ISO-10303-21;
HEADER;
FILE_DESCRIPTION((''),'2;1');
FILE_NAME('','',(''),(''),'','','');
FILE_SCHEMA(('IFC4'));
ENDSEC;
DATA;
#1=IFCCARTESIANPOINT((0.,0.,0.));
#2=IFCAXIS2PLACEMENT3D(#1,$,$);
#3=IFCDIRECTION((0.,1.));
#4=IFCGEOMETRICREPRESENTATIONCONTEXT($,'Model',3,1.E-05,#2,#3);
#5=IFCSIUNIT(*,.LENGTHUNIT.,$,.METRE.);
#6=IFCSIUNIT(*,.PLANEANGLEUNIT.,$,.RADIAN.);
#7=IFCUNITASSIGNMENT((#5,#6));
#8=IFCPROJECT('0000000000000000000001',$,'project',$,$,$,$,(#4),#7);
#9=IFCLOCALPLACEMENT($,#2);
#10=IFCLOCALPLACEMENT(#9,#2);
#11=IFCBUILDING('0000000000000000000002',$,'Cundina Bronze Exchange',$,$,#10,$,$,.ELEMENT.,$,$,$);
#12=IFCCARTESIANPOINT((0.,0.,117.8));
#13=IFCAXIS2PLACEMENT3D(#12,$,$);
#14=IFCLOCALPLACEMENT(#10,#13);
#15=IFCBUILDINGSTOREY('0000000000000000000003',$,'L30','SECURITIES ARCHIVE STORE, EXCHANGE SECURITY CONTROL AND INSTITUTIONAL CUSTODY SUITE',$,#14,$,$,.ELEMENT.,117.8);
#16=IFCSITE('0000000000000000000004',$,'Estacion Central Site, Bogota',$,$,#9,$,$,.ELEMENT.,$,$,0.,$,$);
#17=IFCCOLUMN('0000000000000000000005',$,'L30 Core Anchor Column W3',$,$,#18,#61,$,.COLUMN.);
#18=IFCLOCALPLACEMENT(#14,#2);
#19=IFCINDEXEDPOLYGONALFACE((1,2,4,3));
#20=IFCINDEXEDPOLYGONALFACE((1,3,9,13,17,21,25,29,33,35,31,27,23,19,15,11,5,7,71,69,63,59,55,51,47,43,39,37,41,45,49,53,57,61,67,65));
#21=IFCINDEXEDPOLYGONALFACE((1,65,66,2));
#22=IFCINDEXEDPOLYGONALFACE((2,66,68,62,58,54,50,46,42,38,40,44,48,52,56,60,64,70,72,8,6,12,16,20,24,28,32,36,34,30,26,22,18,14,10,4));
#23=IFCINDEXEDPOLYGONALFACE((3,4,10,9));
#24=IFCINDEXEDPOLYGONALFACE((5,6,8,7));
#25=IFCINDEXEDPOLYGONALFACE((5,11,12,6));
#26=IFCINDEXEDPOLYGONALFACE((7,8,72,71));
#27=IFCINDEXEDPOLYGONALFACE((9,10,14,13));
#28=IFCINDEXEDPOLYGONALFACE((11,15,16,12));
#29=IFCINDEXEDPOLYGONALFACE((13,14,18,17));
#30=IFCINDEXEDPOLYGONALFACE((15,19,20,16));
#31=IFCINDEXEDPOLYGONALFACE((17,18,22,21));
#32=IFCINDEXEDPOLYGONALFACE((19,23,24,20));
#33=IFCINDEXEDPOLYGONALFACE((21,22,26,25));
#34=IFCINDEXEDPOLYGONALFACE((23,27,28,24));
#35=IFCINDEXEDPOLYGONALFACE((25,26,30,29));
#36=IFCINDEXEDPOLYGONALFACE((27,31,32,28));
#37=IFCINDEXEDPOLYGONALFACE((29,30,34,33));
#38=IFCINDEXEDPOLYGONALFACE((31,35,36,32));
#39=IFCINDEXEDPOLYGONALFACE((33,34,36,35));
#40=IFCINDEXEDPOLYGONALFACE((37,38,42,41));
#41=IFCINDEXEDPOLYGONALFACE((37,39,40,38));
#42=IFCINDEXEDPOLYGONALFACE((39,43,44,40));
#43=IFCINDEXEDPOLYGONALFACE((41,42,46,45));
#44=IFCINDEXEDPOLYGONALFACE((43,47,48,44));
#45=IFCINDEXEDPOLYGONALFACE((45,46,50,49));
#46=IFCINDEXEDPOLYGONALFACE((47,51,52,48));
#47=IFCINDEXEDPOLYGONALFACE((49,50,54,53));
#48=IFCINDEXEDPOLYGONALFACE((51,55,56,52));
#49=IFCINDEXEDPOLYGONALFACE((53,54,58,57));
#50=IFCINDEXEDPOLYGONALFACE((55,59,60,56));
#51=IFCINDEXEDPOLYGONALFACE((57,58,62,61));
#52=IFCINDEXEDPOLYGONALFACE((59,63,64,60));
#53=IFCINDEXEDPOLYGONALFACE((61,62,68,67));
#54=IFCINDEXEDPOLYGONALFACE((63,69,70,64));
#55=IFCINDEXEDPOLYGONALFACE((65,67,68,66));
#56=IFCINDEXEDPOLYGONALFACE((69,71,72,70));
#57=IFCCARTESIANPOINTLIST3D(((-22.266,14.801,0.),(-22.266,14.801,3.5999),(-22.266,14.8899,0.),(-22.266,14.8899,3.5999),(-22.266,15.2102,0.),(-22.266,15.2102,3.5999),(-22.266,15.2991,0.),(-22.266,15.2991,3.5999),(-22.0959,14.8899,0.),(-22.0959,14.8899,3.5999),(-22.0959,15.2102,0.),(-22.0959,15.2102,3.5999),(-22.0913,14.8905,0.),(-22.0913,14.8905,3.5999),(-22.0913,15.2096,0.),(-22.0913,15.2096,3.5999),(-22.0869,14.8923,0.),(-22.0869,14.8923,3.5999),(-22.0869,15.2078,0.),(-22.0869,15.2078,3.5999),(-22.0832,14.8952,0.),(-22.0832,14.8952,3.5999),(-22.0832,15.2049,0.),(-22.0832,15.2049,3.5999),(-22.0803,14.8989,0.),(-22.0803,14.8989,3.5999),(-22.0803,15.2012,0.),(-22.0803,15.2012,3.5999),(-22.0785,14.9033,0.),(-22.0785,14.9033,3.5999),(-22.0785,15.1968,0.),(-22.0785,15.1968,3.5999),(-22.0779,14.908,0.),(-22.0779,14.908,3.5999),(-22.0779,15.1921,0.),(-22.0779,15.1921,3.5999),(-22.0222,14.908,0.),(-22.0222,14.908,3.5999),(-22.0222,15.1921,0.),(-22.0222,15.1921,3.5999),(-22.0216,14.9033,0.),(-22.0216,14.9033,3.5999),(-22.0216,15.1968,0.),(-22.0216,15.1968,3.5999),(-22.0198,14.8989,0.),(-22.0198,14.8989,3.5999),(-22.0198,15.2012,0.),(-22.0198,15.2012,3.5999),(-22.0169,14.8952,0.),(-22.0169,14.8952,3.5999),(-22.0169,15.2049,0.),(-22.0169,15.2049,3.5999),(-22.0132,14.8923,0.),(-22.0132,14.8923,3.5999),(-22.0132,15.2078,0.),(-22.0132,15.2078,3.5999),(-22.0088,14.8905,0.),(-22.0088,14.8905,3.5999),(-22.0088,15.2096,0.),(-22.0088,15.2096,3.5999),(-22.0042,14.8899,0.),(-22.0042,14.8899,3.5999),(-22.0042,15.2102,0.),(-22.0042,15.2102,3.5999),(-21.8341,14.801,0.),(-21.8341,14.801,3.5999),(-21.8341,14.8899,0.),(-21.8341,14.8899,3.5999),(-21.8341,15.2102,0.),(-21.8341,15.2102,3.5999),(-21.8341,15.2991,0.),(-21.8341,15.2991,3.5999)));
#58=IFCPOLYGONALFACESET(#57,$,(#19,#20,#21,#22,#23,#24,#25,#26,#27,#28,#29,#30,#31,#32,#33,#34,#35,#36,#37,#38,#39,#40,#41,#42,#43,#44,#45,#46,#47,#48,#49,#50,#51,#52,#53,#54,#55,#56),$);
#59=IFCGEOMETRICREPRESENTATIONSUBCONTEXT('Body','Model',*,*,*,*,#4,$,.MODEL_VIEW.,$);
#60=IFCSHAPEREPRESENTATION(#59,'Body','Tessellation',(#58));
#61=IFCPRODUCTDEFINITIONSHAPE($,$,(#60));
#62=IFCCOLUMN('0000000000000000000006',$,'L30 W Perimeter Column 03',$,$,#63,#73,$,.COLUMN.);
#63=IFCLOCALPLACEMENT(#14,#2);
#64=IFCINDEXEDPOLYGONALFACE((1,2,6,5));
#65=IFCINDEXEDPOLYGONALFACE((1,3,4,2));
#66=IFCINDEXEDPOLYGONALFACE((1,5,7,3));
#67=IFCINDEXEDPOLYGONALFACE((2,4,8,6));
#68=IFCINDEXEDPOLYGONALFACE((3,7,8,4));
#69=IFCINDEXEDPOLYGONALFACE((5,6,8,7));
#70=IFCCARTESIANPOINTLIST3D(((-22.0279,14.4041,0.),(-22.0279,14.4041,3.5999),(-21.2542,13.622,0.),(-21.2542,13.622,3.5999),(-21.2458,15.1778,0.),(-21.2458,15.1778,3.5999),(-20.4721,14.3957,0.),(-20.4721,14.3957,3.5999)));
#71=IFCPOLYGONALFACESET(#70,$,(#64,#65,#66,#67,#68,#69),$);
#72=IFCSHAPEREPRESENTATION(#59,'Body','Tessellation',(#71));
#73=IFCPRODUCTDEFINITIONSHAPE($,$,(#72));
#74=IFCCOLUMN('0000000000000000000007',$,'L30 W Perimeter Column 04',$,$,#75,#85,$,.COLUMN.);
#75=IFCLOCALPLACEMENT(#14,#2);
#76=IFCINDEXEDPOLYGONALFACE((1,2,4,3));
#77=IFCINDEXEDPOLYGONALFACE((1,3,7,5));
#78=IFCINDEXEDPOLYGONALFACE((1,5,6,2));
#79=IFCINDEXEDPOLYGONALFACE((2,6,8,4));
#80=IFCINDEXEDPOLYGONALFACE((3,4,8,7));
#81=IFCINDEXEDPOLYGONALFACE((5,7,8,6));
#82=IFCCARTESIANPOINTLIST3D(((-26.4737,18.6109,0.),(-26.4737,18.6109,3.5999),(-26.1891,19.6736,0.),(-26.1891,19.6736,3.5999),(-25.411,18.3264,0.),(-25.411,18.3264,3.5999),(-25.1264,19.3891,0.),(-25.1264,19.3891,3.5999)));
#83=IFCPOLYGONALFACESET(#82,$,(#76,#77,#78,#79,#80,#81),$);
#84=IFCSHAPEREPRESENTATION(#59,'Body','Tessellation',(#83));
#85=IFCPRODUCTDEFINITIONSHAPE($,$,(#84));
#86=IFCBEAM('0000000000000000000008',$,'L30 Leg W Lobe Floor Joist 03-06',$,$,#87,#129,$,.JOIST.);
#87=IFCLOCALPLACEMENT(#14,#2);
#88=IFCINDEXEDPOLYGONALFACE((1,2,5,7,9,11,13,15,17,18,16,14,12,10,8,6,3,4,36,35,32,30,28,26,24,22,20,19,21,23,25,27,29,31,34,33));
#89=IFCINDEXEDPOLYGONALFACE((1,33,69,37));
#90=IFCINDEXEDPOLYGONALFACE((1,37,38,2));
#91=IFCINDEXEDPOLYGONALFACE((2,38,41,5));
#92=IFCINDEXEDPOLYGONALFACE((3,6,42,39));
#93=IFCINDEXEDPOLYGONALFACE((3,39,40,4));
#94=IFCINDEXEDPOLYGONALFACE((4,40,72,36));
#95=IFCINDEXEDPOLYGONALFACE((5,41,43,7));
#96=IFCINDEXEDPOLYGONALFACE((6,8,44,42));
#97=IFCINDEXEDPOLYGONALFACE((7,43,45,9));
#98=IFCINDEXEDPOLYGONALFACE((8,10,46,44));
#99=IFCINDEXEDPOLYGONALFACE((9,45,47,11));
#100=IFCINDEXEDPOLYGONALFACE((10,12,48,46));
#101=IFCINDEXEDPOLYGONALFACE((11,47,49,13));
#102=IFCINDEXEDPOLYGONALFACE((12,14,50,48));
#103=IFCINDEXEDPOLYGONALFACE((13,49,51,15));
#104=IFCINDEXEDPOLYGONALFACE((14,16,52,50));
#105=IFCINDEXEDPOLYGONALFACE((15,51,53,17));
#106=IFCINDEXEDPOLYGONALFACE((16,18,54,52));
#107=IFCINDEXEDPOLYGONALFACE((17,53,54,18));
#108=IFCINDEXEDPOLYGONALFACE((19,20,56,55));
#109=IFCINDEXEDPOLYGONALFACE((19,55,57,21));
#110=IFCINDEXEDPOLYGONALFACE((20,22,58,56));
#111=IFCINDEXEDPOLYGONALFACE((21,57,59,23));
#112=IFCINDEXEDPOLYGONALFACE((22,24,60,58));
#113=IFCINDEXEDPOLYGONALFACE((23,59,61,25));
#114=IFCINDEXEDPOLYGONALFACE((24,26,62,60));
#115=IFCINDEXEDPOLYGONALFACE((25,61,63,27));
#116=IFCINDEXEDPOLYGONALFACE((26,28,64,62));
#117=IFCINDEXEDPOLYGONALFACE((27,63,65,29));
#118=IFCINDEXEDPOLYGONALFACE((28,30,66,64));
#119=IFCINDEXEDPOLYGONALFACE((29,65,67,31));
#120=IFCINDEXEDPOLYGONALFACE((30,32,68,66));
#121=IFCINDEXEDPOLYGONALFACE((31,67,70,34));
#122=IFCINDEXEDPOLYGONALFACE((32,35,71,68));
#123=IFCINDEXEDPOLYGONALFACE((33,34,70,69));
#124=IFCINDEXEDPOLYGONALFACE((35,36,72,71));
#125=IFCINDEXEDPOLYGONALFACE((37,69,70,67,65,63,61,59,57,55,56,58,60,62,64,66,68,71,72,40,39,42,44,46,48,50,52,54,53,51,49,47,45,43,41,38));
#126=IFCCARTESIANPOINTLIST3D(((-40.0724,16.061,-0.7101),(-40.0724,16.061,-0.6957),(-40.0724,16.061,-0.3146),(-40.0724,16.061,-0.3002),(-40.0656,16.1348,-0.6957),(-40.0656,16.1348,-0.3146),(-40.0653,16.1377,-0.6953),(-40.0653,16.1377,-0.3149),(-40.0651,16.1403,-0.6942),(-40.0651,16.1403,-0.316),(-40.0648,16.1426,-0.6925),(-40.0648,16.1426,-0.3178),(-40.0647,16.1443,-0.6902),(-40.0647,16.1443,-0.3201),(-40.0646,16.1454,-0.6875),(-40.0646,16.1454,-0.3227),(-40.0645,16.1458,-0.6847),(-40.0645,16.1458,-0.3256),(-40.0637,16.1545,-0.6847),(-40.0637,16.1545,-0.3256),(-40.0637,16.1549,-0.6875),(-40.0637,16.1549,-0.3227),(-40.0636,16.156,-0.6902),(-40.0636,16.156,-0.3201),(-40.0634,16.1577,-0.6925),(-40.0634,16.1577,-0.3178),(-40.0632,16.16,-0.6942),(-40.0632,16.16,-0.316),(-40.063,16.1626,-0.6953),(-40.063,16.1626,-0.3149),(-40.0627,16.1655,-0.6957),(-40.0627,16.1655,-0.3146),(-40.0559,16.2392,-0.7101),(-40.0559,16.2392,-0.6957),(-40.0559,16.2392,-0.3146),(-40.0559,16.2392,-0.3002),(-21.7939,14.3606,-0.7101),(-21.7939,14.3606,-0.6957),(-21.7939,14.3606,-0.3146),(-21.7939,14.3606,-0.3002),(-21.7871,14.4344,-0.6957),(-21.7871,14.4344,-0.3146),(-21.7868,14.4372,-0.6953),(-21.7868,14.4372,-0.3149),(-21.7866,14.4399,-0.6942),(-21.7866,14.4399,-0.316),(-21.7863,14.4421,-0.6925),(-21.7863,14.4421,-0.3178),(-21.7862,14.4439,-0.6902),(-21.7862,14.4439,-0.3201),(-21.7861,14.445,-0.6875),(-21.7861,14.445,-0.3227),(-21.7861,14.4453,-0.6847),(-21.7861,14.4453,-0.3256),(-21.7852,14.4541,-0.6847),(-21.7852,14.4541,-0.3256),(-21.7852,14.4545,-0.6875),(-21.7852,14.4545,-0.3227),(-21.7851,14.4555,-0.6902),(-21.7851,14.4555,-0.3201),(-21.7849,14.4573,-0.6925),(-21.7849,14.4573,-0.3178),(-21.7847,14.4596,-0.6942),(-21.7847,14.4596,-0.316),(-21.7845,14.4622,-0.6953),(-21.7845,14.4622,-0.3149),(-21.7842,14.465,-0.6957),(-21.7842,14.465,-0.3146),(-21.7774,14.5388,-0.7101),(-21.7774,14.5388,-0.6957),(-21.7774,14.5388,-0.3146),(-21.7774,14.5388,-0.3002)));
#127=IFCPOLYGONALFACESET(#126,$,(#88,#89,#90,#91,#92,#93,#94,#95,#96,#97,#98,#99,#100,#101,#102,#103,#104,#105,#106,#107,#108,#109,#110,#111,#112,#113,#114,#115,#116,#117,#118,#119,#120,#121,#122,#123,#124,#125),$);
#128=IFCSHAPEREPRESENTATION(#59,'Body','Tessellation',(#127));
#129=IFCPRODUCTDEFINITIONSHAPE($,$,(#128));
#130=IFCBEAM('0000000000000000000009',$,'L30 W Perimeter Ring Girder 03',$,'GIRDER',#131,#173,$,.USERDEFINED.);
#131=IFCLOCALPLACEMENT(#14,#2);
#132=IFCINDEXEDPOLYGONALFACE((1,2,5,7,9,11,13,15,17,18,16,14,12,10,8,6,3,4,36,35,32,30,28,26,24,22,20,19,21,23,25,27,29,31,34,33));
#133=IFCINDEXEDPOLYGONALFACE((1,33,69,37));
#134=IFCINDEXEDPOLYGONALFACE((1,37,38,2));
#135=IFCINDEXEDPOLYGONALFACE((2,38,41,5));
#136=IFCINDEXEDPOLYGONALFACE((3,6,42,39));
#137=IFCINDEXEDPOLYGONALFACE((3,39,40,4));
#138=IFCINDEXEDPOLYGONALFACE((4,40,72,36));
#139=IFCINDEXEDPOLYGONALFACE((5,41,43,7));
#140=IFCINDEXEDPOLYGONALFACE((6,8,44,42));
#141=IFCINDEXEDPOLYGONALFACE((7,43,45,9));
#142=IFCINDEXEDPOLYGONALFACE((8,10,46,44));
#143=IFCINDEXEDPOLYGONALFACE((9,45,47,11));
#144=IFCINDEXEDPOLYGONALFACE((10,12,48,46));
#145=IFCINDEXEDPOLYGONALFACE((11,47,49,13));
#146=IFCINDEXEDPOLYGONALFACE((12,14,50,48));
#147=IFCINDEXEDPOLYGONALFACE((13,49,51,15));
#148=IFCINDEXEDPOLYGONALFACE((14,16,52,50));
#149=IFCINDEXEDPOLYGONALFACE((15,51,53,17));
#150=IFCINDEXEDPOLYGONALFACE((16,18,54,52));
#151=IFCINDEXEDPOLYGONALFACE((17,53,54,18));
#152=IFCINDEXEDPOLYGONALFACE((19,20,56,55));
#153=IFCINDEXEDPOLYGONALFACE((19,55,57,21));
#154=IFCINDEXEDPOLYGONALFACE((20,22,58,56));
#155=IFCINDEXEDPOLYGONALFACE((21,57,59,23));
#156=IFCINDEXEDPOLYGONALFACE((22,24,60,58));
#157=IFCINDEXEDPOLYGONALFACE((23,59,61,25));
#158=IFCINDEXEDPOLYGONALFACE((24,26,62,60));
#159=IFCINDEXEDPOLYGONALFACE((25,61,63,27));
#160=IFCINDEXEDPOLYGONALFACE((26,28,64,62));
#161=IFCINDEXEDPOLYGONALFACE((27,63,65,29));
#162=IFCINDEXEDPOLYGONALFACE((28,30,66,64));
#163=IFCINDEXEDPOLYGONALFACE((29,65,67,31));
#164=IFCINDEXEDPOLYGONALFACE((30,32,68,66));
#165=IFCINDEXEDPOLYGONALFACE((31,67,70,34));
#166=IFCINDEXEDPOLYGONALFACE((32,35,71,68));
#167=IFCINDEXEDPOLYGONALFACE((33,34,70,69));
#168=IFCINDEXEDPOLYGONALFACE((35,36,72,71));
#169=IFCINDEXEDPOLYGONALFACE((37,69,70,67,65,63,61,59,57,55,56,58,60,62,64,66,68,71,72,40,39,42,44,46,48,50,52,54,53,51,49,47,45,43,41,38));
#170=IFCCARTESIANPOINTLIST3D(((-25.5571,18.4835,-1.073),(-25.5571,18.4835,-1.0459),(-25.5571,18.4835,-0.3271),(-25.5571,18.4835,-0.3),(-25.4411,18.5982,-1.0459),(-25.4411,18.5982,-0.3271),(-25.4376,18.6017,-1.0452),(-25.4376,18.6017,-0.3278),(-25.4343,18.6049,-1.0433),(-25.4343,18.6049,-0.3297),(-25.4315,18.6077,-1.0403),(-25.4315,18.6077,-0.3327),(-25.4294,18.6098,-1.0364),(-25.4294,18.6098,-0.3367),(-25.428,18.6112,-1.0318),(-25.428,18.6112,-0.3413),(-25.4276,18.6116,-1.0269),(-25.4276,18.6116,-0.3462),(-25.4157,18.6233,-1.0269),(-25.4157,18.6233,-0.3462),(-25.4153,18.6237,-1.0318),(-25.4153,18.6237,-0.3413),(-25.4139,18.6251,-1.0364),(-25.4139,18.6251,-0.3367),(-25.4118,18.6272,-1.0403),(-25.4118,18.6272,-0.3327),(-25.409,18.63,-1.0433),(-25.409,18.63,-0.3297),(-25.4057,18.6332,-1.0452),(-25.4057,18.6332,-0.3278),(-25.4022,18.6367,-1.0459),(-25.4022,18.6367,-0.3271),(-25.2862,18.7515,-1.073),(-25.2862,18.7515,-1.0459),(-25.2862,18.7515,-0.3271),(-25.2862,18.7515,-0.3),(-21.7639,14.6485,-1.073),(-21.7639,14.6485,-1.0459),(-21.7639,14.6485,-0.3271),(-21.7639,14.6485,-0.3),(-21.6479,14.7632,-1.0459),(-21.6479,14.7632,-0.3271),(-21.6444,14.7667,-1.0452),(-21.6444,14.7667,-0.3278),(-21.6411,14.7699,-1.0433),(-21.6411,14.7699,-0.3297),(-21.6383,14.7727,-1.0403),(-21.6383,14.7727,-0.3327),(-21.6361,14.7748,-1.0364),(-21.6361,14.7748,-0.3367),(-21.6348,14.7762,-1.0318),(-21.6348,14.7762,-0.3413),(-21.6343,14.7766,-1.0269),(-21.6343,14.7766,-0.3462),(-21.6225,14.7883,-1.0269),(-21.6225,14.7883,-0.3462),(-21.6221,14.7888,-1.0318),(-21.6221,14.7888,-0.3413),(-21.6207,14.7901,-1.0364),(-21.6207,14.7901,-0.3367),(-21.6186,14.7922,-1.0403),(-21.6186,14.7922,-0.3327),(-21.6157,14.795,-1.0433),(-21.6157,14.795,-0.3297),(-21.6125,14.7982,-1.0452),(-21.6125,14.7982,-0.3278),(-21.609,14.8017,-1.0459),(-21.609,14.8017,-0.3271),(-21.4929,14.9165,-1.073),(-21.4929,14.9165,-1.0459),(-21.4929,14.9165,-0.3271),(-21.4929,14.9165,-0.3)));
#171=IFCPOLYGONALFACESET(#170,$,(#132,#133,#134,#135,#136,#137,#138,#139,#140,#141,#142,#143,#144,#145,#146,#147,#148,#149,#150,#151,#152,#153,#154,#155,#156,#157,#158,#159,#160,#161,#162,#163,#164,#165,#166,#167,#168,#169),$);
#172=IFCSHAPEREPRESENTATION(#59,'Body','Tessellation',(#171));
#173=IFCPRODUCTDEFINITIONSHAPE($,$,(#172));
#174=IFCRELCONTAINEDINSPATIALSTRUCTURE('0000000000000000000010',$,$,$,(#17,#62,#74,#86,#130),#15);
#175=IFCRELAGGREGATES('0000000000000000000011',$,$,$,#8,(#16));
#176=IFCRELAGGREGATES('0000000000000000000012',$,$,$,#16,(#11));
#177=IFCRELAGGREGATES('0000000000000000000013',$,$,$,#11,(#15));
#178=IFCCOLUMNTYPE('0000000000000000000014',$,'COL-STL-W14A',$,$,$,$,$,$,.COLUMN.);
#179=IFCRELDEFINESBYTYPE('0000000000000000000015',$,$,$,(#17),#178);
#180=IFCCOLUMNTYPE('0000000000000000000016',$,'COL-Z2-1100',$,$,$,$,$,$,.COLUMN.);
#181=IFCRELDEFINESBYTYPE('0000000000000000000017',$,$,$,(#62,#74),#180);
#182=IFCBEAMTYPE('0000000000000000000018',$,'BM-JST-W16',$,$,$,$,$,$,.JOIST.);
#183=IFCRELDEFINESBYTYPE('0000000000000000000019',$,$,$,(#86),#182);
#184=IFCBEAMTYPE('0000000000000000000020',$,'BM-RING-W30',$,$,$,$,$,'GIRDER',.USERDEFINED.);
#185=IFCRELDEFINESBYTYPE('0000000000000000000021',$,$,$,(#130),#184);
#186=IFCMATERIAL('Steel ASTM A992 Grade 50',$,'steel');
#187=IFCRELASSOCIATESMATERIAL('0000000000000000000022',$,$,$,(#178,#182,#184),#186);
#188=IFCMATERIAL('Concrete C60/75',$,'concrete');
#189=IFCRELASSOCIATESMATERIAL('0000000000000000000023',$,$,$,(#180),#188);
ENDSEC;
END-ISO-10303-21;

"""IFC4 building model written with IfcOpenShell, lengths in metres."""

from ifc_helpers import new_model, si_unit, direction, frame, origin, origin_2d, place, context, subcontext, project, spatial, rectangle, i_section, extrude, material, material_profile, profile_set, type_object, element, save


model = new_model("IFC4")

# Units and contexts
model_context = context("Model", 3, precision=1e-05, world=origin(), true_north=direction((0.0, 1.0)))
body_context = subcontext(model_context, "Body", "Model", "MODEL_VIEW")
ifc_project = project(units=[si_unit("LENGTHUNIT", "METRE"), si_unit("PLANEANGLEUNIT", "RADIAN")], contexts=[model_context])

# Site, building, storey
site_placement = place(None, origin())
site = spatial("IfcSite", under=ifc_project, at=site_placement, Name="Estacion Central Site, Bogota", CompositionType="ELEMENT", RefElevation=0.0)
building_placement = place(site_placement, origin())
building = spatial("IfcBuilding", under=site, at=building_placement, Name="Cundina Bronze Exchange", CompositionType="ELEMENT")
storey_placement = place(building_placement, frame((0.0, 0.0, 117.8)))
storey = spatial("IfcBuildingStorey", under=building, at=storey_placement, Name="L30", Description="SECURITIES ARCHIVE STORE, EXCHANGE SECURITY CONTROL AND INSTITUTIONAL CUSTODY SUITE", CompositionType="ELEMENT", Elevation=117.8)

# Columns
ifc_material_1 = material(Name="Steel ASTM A992 Grade 50", Category="steel")
ifc_material_profile_1 = material_profile(ifc_material_1, i_section(OverallWidth=0.4319, OverallDepth=0.498, WebThickness=0.0557, FlangeThickness=0.0889, FilletRadius=0.0181, at=origin_2d()), Name="W14X500", Category="steel")
ifc_profile_set_1 = profile_set([ifc_material_profile_1], Name="Steel ASTM A992 Grade 50")
column_type_1 = type_object("IfcColumnType", Name="COL-STL-W14A", PredefinedType="COLUMN", material=ifc_profile_set_1)
column_placement = place(storey_placement, frame((-22.05, 15.05, 0.0), z_axis=(0.0, 0.0, 1.0), x_axis=(1.0, 0.0, 0.0)))
element("IfcColumn", 1, at=column_placement, inside=storey, type_object=column_type_1, Name="L30 Core Anchor Column W3", PredefinedType="COLUMN", context=body_context, shape_type="SweptSolid", body=[
    extrude(i_section(OverallWidth=0.4319, OverallDepth=0.498, WebThickness=0.0557, FlangeThickness=0.0889, FilletRadius=0.0181, at=origin_2d()), origin(), (0.0, 0.0, 1.0), 3.5999),
])
ifc_material_2 = material(Name="Concrete C60/75", Category="concrete")
ifc_material_profile_2 = material_profile(ifc_material_2, rectangle(XDim=1.1001, YDim=1.1001, at=origin_2d()), Name="RC1100X1100", Category="concrete")
ifc_profile_set_2 = profile_set([ifc_material_profile_2], Name="Concrete C60/75")
column_type_2 = type_object("IfcColumnType", Name="COL-Z2-1100", PredefinedType="COLUMN", material=ifc_profile_set_2)
for number, where, z_axis, x_axis, name in (
    (2, (-21.25, 14.3999, 0.0), (0.0, 0.0, 1.0), (-0.703271, 0.710922, 0.0), "L30 W Perimeter Column 03"),
    (3, (-25.8, 19.0, 0.0), (0.0, 0.0, 1.0), (-0.965971, 0.25865, 0.0), "L30 W Perimeter Column 04"),
):
    element("IfcColumn", number, at=place(storey_placement, frame(where, z_axis=z_axis, x_axis=x_axis)), inside=storey, type_object=column_type_2, Name=name, PredefinedType="COLUMN", context=body_context, shape_type="SweptSolid", body=[
        extrude(rectangle(XDim=1.1001, YDim=1.1001, at=origin_2d()), origin(), (0.0, 0.0, 1.0), 3.5999),
    ])

# Beams
ifc_material_profile_3 = material_profile(ifc_material_1, i_section(OverallWidth=0.179, OverallDepth=0.4099, WebThickness=0.0088, FlangeThickness=0.0144, FilletRadius=0.011, at=origin_2d()), Name="W16X45", Category="steel")
ifc_profile_set_3 = profile_set([ifc_material_profile_3], Name="Steel ASTM A992 Grade 50")
beam_type_1 = type_object("IfcBeamType", Name="BM-JST-W16", PredefinedType="JOIST", material=ifc_profile_set_3)
beam_1_placement = place(storey_placement, frame((-21.7856, 14.4497, -0.5051), z_axis=(-0.995701, 0.092629, 0.0), x_axis=(-0.092629, -0.995701, 0.0)))
element("IfcBeam", 4, at=beam_1_placement, inside=storey, type_object=beam_type_1, Name="L30 Leg W Lobe Floor Joist 03-06", PredefinedType="JOIST", context=body_context, shape_type="SweptSolid", body=[
    extrude(i_section(OverallWidth=0.179, OverallDepth=0.4099, WebThickness=0.0088, FlangeThickness=0.0144, FilletRadius=0.011, at=origin_2d()), origin(), (0.0, 0.0, 1.0), 18.3574),
])
ifc_material_profile_4 = material_profile(ifc_material_1, i_section(OverallWidth=0.3811, OverallDepth=0.7729, WebThickness=0.0166, FlangeThickness=0.0271, FilletRadius=0.019, at=origin_2d()), Name="W30X173", Category="steel")
ifc_profile_set_4 = profile_set([ifc_material_profile_4], Name="Steel ASTM A992 Grade 50")
beam_type_2 = type_object("IfcBeamType", Name="BM-RING-W30", ElementType="GIRDER", PredefinedType="USERDEFINED", material=ifc_profile_set_4)
beam_2_placement = place(storey_placement, frame((-21.6284, 14.7825, -0.6865), z_axis=(-0.703226, 0.710966, 0.0), x_axis=(-0.710966, -0.703226, 0.0)))
element("IfcBeam", 5, at=beam_2_placement, inside=storey, type_object=beam_type_2, Name="L30 W Perimeter Ring Girder 03", ObjectType="GIRDER", PredefinedType="USERDEFINED", context=body_context, shape_type="SweptSolid", body=[
    extrude(i_section(OverallWidth=0.3811, OverallDepth=0.7729, WebThickness=0.0166, FlangeThickness=0.0271, FilletRadius=0.019, at=origin_2d()), origin(), (0.0, 0.0, 1.0), 5.394),
])

save(model, "model.ifc")
